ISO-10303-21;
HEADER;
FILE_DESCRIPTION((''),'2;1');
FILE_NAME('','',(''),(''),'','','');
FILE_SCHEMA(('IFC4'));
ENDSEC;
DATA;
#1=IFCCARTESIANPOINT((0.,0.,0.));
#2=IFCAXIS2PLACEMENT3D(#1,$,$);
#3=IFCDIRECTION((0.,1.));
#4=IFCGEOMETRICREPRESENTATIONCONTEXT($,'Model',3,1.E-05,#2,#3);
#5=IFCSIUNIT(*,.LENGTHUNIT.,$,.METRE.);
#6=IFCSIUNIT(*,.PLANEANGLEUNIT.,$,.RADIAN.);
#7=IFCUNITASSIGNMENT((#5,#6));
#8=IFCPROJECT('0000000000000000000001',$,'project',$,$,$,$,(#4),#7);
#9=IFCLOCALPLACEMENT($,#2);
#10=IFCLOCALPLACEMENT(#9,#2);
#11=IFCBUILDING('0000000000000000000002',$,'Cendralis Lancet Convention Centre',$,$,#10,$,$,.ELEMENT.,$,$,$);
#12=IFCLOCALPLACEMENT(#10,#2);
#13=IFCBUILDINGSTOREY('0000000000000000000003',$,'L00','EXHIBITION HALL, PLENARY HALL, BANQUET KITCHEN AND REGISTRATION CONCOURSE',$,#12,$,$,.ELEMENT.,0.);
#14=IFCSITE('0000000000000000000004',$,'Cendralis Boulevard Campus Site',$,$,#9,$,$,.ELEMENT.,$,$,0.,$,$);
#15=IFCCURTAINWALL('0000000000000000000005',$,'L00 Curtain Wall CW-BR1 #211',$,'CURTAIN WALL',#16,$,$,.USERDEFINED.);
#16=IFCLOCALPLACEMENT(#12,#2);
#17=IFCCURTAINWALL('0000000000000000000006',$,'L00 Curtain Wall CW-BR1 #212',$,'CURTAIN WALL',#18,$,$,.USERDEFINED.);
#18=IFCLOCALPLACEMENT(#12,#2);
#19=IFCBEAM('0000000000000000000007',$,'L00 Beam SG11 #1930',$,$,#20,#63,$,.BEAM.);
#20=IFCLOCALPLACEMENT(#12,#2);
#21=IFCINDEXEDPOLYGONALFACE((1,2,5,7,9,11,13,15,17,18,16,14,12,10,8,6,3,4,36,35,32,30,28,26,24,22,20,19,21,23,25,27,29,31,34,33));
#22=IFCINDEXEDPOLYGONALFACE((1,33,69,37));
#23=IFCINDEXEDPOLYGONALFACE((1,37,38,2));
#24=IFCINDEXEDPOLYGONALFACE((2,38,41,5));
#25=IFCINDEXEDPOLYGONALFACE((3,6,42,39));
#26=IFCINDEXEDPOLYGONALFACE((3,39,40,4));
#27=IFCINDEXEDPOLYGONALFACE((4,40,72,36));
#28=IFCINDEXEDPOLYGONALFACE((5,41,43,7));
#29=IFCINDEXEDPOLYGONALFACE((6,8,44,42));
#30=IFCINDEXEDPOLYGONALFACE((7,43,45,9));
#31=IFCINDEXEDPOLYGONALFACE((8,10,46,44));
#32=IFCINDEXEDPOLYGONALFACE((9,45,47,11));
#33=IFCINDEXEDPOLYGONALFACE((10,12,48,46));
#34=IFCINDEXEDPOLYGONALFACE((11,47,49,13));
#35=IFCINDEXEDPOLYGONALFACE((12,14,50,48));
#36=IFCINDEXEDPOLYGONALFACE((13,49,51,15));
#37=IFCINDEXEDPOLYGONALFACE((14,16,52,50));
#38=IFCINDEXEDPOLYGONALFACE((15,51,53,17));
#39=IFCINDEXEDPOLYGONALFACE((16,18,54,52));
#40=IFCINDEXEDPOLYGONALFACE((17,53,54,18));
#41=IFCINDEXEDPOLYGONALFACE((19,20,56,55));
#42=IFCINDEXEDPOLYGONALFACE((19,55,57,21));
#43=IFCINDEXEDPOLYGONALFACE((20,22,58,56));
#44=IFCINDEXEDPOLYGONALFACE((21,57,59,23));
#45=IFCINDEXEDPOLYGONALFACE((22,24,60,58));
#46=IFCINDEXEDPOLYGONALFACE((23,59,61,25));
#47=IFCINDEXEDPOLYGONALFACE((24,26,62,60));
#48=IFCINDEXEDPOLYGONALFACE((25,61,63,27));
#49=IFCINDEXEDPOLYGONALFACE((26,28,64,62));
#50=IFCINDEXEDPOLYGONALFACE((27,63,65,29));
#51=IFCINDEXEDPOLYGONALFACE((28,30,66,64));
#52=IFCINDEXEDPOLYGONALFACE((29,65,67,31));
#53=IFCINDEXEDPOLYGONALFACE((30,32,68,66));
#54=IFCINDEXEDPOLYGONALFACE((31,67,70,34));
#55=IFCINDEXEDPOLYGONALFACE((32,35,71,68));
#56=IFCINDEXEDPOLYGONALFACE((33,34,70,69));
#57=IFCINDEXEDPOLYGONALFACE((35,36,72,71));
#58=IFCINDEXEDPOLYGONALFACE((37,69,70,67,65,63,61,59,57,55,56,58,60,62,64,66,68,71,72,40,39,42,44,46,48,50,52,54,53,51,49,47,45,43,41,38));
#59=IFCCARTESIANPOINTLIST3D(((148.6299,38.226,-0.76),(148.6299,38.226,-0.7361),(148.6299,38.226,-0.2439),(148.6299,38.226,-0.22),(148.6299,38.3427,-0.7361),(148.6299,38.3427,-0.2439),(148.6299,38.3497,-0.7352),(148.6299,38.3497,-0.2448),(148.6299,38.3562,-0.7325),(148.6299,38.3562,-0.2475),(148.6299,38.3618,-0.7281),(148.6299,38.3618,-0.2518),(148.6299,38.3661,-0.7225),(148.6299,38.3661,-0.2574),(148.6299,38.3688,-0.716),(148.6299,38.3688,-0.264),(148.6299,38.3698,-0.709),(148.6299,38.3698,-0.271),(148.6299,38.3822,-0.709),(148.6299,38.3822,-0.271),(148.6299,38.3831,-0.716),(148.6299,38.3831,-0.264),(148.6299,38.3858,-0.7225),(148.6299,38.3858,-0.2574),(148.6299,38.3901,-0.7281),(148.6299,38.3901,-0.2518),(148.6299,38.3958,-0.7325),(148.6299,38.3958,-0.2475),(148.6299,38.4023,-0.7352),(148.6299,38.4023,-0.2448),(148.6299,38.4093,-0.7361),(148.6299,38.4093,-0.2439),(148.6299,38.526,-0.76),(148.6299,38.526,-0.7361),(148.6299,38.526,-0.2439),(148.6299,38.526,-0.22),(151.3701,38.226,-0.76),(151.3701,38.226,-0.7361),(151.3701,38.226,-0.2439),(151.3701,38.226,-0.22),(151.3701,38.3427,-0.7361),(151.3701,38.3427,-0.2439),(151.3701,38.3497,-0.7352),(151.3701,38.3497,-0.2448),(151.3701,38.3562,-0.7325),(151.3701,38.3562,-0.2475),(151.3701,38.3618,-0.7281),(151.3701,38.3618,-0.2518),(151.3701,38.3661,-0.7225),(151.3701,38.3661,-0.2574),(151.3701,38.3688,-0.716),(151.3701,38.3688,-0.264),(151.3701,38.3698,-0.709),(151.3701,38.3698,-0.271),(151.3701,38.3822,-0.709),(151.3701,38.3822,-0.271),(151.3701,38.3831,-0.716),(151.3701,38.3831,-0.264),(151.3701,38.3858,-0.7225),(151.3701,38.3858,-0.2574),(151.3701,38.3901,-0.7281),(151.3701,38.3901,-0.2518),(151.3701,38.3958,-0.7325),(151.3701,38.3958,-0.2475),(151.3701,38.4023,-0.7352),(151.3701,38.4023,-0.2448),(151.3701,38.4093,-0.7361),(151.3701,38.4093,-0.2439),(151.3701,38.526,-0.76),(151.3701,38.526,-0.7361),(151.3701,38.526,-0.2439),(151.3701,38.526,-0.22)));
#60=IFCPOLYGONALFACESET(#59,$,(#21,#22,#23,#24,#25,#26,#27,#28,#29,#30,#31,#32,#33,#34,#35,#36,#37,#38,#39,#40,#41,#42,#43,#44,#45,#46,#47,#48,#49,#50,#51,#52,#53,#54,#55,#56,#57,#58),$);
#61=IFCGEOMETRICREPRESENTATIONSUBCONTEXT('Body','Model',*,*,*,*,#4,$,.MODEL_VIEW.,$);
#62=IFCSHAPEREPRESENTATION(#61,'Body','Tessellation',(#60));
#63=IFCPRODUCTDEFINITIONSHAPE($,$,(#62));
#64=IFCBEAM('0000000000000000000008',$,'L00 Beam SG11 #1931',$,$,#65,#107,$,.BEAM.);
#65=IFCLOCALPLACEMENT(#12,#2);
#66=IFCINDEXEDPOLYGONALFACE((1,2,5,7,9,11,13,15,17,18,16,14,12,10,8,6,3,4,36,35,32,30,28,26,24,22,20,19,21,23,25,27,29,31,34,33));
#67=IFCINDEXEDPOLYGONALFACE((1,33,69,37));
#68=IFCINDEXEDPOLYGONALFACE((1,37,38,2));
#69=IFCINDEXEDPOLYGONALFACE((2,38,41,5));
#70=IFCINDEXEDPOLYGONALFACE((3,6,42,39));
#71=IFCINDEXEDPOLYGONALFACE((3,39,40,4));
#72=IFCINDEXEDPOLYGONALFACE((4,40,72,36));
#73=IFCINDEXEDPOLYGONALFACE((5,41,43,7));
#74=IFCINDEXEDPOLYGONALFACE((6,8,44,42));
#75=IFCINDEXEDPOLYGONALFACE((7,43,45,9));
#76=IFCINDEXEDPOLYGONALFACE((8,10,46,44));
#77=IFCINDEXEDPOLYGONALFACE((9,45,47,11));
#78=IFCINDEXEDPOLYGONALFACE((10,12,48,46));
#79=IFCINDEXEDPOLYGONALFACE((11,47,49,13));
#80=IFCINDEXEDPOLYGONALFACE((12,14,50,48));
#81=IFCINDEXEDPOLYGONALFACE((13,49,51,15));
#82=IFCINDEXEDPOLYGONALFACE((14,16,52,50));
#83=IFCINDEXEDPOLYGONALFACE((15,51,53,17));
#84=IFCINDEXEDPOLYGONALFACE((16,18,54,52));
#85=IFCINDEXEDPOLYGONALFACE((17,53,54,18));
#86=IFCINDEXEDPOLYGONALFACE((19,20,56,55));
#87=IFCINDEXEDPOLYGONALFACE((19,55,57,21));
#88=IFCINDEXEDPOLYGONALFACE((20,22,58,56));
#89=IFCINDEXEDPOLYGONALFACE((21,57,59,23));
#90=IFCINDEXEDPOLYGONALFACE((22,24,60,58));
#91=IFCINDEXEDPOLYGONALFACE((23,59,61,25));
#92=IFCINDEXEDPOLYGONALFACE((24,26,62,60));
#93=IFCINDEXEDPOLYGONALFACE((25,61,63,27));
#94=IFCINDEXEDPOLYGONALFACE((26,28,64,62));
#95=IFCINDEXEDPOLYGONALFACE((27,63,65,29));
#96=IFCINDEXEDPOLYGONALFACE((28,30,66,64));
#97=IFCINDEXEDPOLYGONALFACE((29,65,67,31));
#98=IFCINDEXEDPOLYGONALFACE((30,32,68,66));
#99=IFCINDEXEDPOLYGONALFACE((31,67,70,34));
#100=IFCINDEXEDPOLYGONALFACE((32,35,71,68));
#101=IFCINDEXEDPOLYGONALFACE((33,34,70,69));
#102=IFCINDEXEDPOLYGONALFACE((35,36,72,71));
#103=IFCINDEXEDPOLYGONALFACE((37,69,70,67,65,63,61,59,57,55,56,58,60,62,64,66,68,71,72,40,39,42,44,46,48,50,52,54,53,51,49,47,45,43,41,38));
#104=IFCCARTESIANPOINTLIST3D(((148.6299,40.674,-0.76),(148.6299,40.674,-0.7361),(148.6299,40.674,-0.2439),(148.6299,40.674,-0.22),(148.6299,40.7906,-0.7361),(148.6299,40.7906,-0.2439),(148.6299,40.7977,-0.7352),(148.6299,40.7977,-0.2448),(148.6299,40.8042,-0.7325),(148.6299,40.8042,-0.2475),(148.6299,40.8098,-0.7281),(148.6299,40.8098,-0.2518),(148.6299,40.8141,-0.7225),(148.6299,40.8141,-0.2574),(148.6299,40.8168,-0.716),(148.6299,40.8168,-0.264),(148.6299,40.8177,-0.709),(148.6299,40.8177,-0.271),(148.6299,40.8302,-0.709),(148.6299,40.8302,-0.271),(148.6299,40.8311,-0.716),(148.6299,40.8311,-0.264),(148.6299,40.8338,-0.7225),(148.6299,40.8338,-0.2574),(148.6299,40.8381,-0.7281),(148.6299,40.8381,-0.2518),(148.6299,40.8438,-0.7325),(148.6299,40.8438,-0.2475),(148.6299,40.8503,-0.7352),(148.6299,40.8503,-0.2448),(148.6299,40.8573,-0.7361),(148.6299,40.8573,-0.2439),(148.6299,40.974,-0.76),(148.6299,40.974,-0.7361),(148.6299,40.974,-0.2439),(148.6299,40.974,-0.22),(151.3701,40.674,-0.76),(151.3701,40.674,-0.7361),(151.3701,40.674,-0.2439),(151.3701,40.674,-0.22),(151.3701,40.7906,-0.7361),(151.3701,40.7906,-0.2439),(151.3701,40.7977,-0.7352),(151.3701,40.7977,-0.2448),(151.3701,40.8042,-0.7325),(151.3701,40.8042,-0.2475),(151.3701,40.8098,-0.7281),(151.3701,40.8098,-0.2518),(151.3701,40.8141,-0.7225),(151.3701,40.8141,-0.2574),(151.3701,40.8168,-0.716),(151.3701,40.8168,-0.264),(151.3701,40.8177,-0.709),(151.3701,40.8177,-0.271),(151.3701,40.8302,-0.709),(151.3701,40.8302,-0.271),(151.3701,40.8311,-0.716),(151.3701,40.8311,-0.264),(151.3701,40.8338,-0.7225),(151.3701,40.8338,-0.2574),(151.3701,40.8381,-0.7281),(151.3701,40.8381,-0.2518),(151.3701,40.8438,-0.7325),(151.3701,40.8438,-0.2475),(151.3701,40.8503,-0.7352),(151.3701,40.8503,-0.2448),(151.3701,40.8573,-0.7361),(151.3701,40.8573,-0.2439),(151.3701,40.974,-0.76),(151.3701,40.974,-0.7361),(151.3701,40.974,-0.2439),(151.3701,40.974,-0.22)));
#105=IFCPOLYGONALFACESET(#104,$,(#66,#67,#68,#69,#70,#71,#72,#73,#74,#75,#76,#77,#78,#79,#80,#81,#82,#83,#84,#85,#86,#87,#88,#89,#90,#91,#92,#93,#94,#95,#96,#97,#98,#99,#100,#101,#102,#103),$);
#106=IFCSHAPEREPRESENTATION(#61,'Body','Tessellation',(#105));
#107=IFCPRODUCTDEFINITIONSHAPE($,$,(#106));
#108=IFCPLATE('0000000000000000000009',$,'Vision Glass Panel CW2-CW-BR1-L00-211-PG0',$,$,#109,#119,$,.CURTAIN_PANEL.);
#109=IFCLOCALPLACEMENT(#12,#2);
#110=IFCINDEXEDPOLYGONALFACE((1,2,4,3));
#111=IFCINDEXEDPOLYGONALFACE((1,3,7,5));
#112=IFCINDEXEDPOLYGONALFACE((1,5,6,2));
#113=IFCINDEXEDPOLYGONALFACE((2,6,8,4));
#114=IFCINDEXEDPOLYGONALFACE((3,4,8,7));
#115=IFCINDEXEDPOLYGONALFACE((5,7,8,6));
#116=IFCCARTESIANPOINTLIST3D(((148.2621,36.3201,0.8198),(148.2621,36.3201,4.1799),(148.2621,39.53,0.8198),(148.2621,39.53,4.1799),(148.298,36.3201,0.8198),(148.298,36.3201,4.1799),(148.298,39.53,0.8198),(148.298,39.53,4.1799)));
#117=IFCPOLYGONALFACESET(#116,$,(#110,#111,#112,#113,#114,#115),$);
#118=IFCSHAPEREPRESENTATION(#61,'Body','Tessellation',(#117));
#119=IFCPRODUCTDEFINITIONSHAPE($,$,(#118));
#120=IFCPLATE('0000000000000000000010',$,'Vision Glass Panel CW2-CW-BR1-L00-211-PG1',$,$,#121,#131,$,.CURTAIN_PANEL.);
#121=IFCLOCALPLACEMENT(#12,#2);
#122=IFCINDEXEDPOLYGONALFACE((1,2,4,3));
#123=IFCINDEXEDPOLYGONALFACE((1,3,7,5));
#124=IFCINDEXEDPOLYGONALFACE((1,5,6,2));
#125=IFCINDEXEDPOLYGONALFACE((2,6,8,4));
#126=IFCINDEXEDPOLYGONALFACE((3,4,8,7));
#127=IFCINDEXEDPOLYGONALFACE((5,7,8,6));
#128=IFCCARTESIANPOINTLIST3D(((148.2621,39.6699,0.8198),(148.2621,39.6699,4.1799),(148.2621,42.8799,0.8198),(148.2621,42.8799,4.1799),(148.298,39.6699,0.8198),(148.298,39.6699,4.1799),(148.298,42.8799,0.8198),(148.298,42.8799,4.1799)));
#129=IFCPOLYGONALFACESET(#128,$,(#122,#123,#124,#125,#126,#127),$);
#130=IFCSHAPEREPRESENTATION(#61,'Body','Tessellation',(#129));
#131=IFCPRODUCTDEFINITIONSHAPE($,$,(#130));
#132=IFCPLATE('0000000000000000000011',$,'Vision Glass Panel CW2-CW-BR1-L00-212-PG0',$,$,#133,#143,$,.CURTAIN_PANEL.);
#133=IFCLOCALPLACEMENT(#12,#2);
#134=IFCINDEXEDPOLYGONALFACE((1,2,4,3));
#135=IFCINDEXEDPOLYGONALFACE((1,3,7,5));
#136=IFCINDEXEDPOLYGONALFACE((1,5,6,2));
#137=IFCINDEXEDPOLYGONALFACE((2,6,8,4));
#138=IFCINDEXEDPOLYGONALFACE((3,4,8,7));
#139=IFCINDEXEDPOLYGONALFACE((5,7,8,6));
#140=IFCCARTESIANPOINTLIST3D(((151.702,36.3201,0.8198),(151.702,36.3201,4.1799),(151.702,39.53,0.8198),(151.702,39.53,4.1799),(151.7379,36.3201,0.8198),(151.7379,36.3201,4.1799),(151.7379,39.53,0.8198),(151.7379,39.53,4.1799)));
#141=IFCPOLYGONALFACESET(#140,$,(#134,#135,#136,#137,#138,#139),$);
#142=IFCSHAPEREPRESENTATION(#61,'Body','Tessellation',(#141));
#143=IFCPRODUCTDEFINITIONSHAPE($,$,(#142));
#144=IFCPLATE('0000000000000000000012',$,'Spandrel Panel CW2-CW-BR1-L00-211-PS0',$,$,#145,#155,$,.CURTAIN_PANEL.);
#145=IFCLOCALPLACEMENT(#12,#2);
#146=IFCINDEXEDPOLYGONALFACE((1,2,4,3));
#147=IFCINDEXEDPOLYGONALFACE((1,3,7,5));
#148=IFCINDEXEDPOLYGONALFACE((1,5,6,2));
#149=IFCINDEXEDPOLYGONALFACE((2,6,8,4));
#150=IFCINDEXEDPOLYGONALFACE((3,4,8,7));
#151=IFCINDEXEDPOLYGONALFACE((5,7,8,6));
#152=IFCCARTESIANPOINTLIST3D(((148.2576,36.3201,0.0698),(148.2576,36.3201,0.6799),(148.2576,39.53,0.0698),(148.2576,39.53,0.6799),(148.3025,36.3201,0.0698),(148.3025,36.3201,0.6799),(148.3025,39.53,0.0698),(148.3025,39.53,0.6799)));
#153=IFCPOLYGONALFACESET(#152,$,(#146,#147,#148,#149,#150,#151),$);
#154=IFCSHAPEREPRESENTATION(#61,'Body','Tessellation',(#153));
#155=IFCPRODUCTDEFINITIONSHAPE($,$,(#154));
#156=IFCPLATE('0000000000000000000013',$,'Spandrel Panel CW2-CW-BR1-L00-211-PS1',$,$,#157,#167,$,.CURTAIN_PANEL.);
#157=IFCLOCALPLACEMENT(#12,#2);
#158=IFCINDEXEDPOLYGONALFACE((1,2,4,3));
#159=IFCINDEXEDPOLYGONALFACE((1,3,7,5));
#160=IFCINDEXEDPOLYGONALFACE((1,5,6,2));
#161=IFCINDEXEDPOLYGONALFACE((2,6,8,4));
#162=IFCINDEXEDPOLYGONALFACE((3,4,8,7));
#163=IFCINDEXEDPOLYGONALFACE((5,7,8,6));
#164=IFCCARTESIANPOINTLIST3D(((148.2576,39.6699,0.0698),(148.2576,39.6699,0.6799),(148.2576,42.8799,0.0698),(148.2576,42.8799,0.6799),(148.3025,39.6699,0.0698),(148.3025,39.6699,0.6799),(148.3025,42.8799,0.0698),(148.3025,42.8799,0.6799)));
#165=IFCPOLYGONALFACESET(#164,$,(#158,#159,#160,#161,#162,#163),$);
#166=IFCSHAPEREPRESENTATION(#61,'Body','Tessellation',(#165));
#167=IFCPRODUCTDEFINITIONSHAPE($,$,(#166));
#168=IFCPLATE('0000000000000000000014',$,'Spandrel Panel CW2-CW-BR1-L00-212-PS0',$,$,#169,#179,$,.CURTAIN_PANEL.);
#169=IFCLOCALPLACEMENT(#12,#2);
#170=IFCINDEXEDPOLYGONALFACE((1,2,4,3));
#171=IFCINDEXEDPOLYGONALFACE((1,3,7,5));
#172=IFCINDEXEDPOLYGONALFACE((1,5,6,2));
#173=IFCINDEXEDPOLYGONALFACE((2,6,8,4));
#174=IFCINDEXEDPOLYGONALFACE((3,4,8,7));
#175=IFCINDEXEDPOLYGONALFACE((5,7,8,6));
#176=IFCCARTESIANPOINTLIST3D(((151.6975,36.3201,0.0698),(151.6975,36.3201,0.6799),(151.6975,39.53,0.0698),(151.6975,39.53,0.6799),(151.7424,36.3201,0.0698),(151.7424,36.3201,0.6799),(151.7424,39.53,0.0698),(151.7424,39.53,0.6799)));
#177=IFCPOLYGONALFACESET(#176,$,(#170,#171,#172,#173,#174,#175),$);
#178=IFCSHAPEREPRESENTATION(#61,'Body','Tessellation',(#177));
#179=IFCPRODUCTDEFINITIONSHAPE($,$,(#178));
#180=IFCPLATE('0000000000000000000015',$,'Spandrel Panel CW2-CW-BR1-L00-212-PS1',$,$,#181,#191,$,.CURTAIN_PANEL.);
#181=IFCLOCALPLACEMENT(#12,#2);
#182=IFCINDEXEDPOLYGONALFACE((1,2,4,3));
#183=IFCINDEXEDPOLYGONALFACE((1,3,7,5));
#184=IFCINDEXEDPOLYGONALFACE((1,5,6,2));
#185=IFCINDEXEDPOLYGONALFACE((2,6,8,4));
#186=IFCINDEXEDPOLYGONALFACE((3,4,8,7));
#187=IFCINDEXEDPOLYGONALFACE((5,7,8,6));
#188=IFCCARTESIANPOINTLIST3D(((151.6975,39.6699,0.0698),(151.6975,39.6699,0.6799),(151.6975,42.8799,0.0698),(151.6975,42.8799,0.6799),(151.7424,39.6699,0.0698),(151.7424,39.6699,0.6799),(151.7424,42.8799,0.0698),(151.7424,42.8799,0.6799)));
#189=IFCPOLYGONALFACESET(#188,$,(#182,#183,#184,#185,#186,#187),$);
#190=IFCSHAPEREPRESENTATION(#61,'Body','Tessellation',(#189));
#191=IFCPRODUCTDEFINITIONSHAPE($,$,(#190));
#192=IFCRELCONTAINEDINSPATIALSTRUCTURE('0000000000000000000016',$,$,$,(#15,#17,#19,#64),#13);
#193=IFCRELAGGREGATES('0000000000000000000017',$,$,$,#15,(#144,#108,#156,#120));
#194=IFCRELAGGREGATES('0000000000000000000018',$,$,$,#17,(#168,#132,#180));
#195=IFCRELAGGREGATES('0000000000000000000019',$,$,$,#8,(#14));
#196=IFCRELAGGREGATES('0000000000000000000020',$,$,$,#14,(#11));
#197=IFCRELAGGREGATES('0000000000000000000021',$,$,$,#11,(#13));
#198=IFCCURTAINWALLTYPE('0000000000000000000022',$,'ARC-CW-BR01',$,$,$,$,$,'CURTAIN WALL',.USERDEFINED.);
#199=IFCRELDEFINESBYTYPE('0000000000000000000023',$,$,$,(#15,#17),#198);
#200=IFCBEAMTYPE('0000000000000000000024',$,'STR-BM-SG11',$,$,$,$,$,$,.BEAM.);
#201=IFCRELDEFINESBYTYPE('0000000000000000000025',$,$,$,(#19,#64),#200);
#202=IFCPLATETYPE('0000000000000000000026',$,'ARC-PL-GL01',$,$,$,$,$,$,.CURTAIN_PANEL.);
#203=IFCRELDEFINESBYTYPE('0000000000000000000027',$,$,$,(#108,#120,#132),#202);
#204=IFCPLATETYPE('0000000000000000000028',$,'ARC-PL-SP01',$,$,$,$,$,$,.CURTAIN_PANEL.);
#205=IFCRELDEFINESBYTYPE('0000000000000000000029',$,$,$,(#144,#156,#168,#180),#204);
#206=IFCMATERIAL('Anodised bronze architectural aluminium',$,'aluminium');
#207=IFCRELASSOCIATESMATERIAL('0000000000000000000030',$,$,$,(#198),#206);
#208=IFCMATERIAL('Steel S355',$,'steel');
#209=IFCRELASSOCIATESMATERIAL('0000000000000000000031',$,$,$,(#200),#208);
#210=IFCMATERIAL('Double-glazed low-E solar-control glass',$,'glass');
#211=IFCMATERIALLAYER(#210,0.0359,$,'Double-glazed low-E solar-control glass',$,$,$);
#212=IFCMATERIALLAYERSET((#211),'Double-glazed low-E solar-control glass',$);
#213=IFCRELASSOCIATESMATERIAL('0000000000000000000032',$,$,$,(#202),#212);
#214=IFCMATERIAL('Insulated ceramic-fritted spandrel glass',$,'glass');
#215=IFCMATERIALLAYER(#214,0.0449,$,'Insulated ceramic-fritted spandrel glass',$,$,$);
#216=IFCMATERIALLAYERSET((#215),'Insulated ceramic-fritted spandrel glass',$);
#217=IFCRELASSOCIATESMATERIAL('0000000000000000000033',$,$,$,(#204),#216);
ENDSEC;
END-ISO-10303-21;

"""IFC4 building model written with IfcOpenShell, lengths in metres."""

from ifc_helpers import new_model, si_unit, direction, frame, origin, origin_2d, place, context, subcontext, project, spatial, rectangle, i_section, extrude, material, layer, layer_set, material_profile, profile_set, type_object, element, aggregate, save


model = new_model("IFC4")

# Units and contexts
model_context = context("Model", 3, precision=1e-05, world=origin(), true_north=direction((0.0, 1.0)))
body_context = subcontext(model_context, "Body", "Model", "MODEL_VIEW")
ifc_project = project(units=[si_unit("LENGTHUNIT", "METRE"), si_unit("PLANEANGLEUNIT", "RADIAN")], contexts=[model_context])

# Site, building, storey
site_placement = place(None, origin())
site = spatial("IfcSite", under=ifc_project, at=site_placement, Name="Cendralis Boulevard Campus Site", CompositionType="ELEMENT", RefElevation=0.0)
building_placement = place(site_placement, origin())
building = spatial("IfcBuilding", under=site, at=building_placement, Name="Cendralis Lancet Convention Centre", CompositionType="ELEMENT")
storey_placement = place(building_placement, origin())
storey = spatial("IfcBuildingStorey", under=building, at=storey_placement, Name="L00", Description="EXHIBITION HALL, PLENARY HALL, BANQUET KITCHEN AND REGISTRATION CONCOURSE", CompositionType="ELEMENT", Elevation=0.0)

# Curtain wall
ifc_material_1 = material(Name="Anodised bronze architectural aluminium", Category="aluminium")
curtain_wall_type = type_object("IfcCurtainWallType", Name="ARC-CW-BR01", ElementType="CURTAIN WALL", PredefinedType="USERDEFINED", material=ifc_material_1)
curtain_wall_1_placement = place(storey_placement, origin())
curtain_wall_1 = element("IfcCurtainWall", 1, at=curtain_wall_1_placement, inside=storey, type_object=curtain_wall_type, Name="L00 Curtain Wall CW-BR1 #211", ObjectType="CURTAIN WALL", PredefinedType="USERDEFINED")

# Curtain wall
curtain_wall_2_placement = place(storey_placement, origin())
curtain_wall_2 = element("IfcCurtainWall", 2, at=curtain_wall_2_placement, inside=storey, type_object=curtain_wall_type, Name="L00 Curtain Wall CW-BR1 #212", ObjectType="CURTAIN WALL", PredefinedType="USERDEFINED")

# Beams
ifc_material_2 = material(Name="Steel S355", Category="steel")
ifc_material_profile_1 = material_profile(ifc_material_2, i_section(OverallWidth=0.3, OverallDepth=0.54, WebThickness=0.0125, FlangeThickness=0.0239, FilletRadius=0.0271, at=origin_2d()), Name="HEA 550")
ifc_profile_set_1 = profile_set([ifc_material_profile_1], Name="Steel S355")
beam_type = type_object("IfcBeamType", Name="STR-BM-SG11", PredefinedType="BEAM", material=ifc_profile_set_1)
for number, where, z_axis, x_axis, name in (
    (3, (148.6299, 38.376, -0.49), (1.0, 0.0, 0.0), (0.0, 1.0, 0.0), "L00 Beam SG11 #1930"),
    (4, (148.6299, 40.824, -0.49), (1.0, 0.0, 0.0), (0.0, 1.0, 0.0), "L00 Beam SG11 #1931"),
):
    element("IfcBeam", number, at=place(storey_placement, frame(where, z_axis=z_axis, x_axis=x_axis)), inside=storey, type_object=beam_type, Name=name, PredefinedType="BEAM", context=body_context, shape_type="SweptSolid", body=[
        extrude(i_section(OverallWidth=0.3, OverallDepth=0.54, WebThickness=0.0125, FlangeThickness=0.0239, FilletRadius=0.0271, at=origin_2d()), origin(), (0.0, 0.0, 1.0), 2.7402),
    ])

# Plates
ifc_material_3 = material(Name="Double-glazed low-E solar-control glass", Category="glass")
ifc_layer_1 = layer(ifc_material_3, 0.0359, Name="Double-glazed low-E solar-control glass")
ifc_layer_set_1 = layer_set([ifc_layer_1], Name="Double-glazed low-E solar-control glass")
plate_type_1 = type_object("IfcPlateType", Name="ARC-PL-GL01", PredefinedType="CURTAIN_PANEL", material=ifc_layer_set_1)
plate_1_placement = place(storey_placement, frame((148.28, 37.925, 0.8198), z_axis=(0.0, 0.0, 1.0), x_axis=(0.0, 1.0, 0.0)))
plate_1 = element("IfcPlate", 5, at=plate_1_placement, type_object=plate_type_1, Name="Vision Glass Panel CW2-CW-BR1-L00-211-PG0", PredefinedType="CURTAIN_PANEL", context=body_context, shape_type="SweptSolid", body=[
    extrude(rectangle(XDim=3.21, YDim=0.0359, at=origin_2d()), origin(), (0.0, 0.0, 1.0), 3.3601),
])
plate_2_placement = place(storey_placement, frame((148.28, 41.2749, 0.8198), z_axis=(0.0, 0.0, 1.0), x_axis=(0.0, 1.0, 0.0)))
plate_2 = element("IfcPlate", 6, at=plate_2_placement, type_object=plate_type_1, Name="Vision Glass Panel CW2-CW-BR1-L00-211-PG1", PredefinedType="CURTAIN_PANEL", context=body_context, shape_type="SweptSolid", body=[
    extrude(rectangle(XDim=3.21, YDim=0.0359, at=origin_2d()), origin(), (0.0, 0.0, 1.0), 3.3601),
])
plate_3_placement = place(storey_placement, frame((151.72, 37.925, 0.8198), z_axis=(0.0, 0.0, 1.0), x_axis=(0.0, 1.0, 0.0)))
plate_3 = element("IfcPlate", 7, at=plate_3_placement, type_object=plate_type_1, Name="Vision Glass Panel CW2-CW-BR1-L00-212-PG0", PredefinedType="CURTAIN_PANEL", context=body_context, shape_type="SweptSolid", body=[
    extrude(rectangle(XDim=3.21, YDim=0.0359, at=origin_2d()), origin(), (0.0, 0.0, 1.0), 3.3601),
])
ifc_material_4 = material(Name="Insulated ceramic-fritted spandrel glass", Category="glass")
ifc_layer_2 = layer(ifc_material_4, 0.0449, Name="Insulated ceramic-fritted spandrel glass")
ifc_layer_set_2 = layer_set([ifc_layer_2], Name="Insulated ceramic-fritted spandrel glass")
plate_type_2 = type_object("IfcPlateType", Name="ARC-PL-SP01", PredefinedType="CURTAIN_PANEL", material=ifc_layer_set_2)
plate_4_placement = place(storey_placement, frame((148.28, 37.925, 0.0698), z_axis=(0.0, 0.0, 1.0), x_axis=(0.0, 1.0, 0.0)))
plate_4 = element("IfcPlate", 8, at=plate_4_placement, type_object=plate_type_2, Name="Spandrel Panel CW2-CW-BR1-L00-211-PS0", PredefinedType="CURTAIN_PANEL", context=body_context, shape_type="SweptSolid", body=[
    extrude(rectangle(XDim=3.21, YDim=0.0449, at=origin_2d()), origin(), (0.0, 0.0, 1.0), 0.6101),
])
plate_5_placement = place(storey_placement, frame((148.28, 41.2749, 0.0698), z_axis=(0.0, 0.0, 1.0), x_axis=(0.0, 1.0, 0.0)))
plate_5 = element("IfcPlate", 9, at=plate_5_placement, type_object=plate_type_2, Name="Spandrel Panel CW2-CW-BR1-L00-211-PS1", PredefinedType="CURTAIN_PANEL", context=body_context, shape_type="SweptSolid", body=[
    extrude(rectangle(XDim=3.21, YDim=0.0449, at=origin_2d()), origin(), (0.0, 0.0, 1.0), 0.6101),
])
aggregate(curtain_wall_1, [plate_4, plate_1, plate_5, plate_2])
plate_6_placement = place(storey_placement, frame((151.72, 37.925, 0.0698), z_axis=(0.0, 0.0, 1.0), x_axis=(0.0, 1.0, 0.0)))
plate_6 = element("IfcPlate", 10, at=plate_6_placement, type_object=plate_type_2, Name="Spandrel Panel CW2-CW-BR1-L00-212-PS0", PredefinedType="CURTAIN_PANEL", context=body_context, shape_type="SweptSolid", body=[
    extrude(rectangle(XDim=3.21, YDim=0.0449, at=origin_2d()), origin(), (0.0, 0.0, 1.0), 0.6101),
])
plate_7_placement = place(storey_placement, frame((151.72, 41.2749, 0.0698), z_axis=(0.0, 0.0, 1.0), x_axis=(0.0, 1.0, 0.0)))
plate_7 = element("IfcPlate", 11, at=plate_7_placement, type_object=plate_type_2, Name="Spandrel Panel CW2-CW-BR1-L00-212-PS1", PredefinedType="CURTAIN_PANEL", context=body_context, shape_type="SweptSolid", body=[
    extrude(rectangle(XDim=3.21, YDim=0.0449, at=origin_2d()), origin(), (0.0, 0.0, 1.0), 0.6101),
])
aggregate(curtain_wall_2, [plate_6, plate_3, plate_7])

save(model, "model.ifc")
